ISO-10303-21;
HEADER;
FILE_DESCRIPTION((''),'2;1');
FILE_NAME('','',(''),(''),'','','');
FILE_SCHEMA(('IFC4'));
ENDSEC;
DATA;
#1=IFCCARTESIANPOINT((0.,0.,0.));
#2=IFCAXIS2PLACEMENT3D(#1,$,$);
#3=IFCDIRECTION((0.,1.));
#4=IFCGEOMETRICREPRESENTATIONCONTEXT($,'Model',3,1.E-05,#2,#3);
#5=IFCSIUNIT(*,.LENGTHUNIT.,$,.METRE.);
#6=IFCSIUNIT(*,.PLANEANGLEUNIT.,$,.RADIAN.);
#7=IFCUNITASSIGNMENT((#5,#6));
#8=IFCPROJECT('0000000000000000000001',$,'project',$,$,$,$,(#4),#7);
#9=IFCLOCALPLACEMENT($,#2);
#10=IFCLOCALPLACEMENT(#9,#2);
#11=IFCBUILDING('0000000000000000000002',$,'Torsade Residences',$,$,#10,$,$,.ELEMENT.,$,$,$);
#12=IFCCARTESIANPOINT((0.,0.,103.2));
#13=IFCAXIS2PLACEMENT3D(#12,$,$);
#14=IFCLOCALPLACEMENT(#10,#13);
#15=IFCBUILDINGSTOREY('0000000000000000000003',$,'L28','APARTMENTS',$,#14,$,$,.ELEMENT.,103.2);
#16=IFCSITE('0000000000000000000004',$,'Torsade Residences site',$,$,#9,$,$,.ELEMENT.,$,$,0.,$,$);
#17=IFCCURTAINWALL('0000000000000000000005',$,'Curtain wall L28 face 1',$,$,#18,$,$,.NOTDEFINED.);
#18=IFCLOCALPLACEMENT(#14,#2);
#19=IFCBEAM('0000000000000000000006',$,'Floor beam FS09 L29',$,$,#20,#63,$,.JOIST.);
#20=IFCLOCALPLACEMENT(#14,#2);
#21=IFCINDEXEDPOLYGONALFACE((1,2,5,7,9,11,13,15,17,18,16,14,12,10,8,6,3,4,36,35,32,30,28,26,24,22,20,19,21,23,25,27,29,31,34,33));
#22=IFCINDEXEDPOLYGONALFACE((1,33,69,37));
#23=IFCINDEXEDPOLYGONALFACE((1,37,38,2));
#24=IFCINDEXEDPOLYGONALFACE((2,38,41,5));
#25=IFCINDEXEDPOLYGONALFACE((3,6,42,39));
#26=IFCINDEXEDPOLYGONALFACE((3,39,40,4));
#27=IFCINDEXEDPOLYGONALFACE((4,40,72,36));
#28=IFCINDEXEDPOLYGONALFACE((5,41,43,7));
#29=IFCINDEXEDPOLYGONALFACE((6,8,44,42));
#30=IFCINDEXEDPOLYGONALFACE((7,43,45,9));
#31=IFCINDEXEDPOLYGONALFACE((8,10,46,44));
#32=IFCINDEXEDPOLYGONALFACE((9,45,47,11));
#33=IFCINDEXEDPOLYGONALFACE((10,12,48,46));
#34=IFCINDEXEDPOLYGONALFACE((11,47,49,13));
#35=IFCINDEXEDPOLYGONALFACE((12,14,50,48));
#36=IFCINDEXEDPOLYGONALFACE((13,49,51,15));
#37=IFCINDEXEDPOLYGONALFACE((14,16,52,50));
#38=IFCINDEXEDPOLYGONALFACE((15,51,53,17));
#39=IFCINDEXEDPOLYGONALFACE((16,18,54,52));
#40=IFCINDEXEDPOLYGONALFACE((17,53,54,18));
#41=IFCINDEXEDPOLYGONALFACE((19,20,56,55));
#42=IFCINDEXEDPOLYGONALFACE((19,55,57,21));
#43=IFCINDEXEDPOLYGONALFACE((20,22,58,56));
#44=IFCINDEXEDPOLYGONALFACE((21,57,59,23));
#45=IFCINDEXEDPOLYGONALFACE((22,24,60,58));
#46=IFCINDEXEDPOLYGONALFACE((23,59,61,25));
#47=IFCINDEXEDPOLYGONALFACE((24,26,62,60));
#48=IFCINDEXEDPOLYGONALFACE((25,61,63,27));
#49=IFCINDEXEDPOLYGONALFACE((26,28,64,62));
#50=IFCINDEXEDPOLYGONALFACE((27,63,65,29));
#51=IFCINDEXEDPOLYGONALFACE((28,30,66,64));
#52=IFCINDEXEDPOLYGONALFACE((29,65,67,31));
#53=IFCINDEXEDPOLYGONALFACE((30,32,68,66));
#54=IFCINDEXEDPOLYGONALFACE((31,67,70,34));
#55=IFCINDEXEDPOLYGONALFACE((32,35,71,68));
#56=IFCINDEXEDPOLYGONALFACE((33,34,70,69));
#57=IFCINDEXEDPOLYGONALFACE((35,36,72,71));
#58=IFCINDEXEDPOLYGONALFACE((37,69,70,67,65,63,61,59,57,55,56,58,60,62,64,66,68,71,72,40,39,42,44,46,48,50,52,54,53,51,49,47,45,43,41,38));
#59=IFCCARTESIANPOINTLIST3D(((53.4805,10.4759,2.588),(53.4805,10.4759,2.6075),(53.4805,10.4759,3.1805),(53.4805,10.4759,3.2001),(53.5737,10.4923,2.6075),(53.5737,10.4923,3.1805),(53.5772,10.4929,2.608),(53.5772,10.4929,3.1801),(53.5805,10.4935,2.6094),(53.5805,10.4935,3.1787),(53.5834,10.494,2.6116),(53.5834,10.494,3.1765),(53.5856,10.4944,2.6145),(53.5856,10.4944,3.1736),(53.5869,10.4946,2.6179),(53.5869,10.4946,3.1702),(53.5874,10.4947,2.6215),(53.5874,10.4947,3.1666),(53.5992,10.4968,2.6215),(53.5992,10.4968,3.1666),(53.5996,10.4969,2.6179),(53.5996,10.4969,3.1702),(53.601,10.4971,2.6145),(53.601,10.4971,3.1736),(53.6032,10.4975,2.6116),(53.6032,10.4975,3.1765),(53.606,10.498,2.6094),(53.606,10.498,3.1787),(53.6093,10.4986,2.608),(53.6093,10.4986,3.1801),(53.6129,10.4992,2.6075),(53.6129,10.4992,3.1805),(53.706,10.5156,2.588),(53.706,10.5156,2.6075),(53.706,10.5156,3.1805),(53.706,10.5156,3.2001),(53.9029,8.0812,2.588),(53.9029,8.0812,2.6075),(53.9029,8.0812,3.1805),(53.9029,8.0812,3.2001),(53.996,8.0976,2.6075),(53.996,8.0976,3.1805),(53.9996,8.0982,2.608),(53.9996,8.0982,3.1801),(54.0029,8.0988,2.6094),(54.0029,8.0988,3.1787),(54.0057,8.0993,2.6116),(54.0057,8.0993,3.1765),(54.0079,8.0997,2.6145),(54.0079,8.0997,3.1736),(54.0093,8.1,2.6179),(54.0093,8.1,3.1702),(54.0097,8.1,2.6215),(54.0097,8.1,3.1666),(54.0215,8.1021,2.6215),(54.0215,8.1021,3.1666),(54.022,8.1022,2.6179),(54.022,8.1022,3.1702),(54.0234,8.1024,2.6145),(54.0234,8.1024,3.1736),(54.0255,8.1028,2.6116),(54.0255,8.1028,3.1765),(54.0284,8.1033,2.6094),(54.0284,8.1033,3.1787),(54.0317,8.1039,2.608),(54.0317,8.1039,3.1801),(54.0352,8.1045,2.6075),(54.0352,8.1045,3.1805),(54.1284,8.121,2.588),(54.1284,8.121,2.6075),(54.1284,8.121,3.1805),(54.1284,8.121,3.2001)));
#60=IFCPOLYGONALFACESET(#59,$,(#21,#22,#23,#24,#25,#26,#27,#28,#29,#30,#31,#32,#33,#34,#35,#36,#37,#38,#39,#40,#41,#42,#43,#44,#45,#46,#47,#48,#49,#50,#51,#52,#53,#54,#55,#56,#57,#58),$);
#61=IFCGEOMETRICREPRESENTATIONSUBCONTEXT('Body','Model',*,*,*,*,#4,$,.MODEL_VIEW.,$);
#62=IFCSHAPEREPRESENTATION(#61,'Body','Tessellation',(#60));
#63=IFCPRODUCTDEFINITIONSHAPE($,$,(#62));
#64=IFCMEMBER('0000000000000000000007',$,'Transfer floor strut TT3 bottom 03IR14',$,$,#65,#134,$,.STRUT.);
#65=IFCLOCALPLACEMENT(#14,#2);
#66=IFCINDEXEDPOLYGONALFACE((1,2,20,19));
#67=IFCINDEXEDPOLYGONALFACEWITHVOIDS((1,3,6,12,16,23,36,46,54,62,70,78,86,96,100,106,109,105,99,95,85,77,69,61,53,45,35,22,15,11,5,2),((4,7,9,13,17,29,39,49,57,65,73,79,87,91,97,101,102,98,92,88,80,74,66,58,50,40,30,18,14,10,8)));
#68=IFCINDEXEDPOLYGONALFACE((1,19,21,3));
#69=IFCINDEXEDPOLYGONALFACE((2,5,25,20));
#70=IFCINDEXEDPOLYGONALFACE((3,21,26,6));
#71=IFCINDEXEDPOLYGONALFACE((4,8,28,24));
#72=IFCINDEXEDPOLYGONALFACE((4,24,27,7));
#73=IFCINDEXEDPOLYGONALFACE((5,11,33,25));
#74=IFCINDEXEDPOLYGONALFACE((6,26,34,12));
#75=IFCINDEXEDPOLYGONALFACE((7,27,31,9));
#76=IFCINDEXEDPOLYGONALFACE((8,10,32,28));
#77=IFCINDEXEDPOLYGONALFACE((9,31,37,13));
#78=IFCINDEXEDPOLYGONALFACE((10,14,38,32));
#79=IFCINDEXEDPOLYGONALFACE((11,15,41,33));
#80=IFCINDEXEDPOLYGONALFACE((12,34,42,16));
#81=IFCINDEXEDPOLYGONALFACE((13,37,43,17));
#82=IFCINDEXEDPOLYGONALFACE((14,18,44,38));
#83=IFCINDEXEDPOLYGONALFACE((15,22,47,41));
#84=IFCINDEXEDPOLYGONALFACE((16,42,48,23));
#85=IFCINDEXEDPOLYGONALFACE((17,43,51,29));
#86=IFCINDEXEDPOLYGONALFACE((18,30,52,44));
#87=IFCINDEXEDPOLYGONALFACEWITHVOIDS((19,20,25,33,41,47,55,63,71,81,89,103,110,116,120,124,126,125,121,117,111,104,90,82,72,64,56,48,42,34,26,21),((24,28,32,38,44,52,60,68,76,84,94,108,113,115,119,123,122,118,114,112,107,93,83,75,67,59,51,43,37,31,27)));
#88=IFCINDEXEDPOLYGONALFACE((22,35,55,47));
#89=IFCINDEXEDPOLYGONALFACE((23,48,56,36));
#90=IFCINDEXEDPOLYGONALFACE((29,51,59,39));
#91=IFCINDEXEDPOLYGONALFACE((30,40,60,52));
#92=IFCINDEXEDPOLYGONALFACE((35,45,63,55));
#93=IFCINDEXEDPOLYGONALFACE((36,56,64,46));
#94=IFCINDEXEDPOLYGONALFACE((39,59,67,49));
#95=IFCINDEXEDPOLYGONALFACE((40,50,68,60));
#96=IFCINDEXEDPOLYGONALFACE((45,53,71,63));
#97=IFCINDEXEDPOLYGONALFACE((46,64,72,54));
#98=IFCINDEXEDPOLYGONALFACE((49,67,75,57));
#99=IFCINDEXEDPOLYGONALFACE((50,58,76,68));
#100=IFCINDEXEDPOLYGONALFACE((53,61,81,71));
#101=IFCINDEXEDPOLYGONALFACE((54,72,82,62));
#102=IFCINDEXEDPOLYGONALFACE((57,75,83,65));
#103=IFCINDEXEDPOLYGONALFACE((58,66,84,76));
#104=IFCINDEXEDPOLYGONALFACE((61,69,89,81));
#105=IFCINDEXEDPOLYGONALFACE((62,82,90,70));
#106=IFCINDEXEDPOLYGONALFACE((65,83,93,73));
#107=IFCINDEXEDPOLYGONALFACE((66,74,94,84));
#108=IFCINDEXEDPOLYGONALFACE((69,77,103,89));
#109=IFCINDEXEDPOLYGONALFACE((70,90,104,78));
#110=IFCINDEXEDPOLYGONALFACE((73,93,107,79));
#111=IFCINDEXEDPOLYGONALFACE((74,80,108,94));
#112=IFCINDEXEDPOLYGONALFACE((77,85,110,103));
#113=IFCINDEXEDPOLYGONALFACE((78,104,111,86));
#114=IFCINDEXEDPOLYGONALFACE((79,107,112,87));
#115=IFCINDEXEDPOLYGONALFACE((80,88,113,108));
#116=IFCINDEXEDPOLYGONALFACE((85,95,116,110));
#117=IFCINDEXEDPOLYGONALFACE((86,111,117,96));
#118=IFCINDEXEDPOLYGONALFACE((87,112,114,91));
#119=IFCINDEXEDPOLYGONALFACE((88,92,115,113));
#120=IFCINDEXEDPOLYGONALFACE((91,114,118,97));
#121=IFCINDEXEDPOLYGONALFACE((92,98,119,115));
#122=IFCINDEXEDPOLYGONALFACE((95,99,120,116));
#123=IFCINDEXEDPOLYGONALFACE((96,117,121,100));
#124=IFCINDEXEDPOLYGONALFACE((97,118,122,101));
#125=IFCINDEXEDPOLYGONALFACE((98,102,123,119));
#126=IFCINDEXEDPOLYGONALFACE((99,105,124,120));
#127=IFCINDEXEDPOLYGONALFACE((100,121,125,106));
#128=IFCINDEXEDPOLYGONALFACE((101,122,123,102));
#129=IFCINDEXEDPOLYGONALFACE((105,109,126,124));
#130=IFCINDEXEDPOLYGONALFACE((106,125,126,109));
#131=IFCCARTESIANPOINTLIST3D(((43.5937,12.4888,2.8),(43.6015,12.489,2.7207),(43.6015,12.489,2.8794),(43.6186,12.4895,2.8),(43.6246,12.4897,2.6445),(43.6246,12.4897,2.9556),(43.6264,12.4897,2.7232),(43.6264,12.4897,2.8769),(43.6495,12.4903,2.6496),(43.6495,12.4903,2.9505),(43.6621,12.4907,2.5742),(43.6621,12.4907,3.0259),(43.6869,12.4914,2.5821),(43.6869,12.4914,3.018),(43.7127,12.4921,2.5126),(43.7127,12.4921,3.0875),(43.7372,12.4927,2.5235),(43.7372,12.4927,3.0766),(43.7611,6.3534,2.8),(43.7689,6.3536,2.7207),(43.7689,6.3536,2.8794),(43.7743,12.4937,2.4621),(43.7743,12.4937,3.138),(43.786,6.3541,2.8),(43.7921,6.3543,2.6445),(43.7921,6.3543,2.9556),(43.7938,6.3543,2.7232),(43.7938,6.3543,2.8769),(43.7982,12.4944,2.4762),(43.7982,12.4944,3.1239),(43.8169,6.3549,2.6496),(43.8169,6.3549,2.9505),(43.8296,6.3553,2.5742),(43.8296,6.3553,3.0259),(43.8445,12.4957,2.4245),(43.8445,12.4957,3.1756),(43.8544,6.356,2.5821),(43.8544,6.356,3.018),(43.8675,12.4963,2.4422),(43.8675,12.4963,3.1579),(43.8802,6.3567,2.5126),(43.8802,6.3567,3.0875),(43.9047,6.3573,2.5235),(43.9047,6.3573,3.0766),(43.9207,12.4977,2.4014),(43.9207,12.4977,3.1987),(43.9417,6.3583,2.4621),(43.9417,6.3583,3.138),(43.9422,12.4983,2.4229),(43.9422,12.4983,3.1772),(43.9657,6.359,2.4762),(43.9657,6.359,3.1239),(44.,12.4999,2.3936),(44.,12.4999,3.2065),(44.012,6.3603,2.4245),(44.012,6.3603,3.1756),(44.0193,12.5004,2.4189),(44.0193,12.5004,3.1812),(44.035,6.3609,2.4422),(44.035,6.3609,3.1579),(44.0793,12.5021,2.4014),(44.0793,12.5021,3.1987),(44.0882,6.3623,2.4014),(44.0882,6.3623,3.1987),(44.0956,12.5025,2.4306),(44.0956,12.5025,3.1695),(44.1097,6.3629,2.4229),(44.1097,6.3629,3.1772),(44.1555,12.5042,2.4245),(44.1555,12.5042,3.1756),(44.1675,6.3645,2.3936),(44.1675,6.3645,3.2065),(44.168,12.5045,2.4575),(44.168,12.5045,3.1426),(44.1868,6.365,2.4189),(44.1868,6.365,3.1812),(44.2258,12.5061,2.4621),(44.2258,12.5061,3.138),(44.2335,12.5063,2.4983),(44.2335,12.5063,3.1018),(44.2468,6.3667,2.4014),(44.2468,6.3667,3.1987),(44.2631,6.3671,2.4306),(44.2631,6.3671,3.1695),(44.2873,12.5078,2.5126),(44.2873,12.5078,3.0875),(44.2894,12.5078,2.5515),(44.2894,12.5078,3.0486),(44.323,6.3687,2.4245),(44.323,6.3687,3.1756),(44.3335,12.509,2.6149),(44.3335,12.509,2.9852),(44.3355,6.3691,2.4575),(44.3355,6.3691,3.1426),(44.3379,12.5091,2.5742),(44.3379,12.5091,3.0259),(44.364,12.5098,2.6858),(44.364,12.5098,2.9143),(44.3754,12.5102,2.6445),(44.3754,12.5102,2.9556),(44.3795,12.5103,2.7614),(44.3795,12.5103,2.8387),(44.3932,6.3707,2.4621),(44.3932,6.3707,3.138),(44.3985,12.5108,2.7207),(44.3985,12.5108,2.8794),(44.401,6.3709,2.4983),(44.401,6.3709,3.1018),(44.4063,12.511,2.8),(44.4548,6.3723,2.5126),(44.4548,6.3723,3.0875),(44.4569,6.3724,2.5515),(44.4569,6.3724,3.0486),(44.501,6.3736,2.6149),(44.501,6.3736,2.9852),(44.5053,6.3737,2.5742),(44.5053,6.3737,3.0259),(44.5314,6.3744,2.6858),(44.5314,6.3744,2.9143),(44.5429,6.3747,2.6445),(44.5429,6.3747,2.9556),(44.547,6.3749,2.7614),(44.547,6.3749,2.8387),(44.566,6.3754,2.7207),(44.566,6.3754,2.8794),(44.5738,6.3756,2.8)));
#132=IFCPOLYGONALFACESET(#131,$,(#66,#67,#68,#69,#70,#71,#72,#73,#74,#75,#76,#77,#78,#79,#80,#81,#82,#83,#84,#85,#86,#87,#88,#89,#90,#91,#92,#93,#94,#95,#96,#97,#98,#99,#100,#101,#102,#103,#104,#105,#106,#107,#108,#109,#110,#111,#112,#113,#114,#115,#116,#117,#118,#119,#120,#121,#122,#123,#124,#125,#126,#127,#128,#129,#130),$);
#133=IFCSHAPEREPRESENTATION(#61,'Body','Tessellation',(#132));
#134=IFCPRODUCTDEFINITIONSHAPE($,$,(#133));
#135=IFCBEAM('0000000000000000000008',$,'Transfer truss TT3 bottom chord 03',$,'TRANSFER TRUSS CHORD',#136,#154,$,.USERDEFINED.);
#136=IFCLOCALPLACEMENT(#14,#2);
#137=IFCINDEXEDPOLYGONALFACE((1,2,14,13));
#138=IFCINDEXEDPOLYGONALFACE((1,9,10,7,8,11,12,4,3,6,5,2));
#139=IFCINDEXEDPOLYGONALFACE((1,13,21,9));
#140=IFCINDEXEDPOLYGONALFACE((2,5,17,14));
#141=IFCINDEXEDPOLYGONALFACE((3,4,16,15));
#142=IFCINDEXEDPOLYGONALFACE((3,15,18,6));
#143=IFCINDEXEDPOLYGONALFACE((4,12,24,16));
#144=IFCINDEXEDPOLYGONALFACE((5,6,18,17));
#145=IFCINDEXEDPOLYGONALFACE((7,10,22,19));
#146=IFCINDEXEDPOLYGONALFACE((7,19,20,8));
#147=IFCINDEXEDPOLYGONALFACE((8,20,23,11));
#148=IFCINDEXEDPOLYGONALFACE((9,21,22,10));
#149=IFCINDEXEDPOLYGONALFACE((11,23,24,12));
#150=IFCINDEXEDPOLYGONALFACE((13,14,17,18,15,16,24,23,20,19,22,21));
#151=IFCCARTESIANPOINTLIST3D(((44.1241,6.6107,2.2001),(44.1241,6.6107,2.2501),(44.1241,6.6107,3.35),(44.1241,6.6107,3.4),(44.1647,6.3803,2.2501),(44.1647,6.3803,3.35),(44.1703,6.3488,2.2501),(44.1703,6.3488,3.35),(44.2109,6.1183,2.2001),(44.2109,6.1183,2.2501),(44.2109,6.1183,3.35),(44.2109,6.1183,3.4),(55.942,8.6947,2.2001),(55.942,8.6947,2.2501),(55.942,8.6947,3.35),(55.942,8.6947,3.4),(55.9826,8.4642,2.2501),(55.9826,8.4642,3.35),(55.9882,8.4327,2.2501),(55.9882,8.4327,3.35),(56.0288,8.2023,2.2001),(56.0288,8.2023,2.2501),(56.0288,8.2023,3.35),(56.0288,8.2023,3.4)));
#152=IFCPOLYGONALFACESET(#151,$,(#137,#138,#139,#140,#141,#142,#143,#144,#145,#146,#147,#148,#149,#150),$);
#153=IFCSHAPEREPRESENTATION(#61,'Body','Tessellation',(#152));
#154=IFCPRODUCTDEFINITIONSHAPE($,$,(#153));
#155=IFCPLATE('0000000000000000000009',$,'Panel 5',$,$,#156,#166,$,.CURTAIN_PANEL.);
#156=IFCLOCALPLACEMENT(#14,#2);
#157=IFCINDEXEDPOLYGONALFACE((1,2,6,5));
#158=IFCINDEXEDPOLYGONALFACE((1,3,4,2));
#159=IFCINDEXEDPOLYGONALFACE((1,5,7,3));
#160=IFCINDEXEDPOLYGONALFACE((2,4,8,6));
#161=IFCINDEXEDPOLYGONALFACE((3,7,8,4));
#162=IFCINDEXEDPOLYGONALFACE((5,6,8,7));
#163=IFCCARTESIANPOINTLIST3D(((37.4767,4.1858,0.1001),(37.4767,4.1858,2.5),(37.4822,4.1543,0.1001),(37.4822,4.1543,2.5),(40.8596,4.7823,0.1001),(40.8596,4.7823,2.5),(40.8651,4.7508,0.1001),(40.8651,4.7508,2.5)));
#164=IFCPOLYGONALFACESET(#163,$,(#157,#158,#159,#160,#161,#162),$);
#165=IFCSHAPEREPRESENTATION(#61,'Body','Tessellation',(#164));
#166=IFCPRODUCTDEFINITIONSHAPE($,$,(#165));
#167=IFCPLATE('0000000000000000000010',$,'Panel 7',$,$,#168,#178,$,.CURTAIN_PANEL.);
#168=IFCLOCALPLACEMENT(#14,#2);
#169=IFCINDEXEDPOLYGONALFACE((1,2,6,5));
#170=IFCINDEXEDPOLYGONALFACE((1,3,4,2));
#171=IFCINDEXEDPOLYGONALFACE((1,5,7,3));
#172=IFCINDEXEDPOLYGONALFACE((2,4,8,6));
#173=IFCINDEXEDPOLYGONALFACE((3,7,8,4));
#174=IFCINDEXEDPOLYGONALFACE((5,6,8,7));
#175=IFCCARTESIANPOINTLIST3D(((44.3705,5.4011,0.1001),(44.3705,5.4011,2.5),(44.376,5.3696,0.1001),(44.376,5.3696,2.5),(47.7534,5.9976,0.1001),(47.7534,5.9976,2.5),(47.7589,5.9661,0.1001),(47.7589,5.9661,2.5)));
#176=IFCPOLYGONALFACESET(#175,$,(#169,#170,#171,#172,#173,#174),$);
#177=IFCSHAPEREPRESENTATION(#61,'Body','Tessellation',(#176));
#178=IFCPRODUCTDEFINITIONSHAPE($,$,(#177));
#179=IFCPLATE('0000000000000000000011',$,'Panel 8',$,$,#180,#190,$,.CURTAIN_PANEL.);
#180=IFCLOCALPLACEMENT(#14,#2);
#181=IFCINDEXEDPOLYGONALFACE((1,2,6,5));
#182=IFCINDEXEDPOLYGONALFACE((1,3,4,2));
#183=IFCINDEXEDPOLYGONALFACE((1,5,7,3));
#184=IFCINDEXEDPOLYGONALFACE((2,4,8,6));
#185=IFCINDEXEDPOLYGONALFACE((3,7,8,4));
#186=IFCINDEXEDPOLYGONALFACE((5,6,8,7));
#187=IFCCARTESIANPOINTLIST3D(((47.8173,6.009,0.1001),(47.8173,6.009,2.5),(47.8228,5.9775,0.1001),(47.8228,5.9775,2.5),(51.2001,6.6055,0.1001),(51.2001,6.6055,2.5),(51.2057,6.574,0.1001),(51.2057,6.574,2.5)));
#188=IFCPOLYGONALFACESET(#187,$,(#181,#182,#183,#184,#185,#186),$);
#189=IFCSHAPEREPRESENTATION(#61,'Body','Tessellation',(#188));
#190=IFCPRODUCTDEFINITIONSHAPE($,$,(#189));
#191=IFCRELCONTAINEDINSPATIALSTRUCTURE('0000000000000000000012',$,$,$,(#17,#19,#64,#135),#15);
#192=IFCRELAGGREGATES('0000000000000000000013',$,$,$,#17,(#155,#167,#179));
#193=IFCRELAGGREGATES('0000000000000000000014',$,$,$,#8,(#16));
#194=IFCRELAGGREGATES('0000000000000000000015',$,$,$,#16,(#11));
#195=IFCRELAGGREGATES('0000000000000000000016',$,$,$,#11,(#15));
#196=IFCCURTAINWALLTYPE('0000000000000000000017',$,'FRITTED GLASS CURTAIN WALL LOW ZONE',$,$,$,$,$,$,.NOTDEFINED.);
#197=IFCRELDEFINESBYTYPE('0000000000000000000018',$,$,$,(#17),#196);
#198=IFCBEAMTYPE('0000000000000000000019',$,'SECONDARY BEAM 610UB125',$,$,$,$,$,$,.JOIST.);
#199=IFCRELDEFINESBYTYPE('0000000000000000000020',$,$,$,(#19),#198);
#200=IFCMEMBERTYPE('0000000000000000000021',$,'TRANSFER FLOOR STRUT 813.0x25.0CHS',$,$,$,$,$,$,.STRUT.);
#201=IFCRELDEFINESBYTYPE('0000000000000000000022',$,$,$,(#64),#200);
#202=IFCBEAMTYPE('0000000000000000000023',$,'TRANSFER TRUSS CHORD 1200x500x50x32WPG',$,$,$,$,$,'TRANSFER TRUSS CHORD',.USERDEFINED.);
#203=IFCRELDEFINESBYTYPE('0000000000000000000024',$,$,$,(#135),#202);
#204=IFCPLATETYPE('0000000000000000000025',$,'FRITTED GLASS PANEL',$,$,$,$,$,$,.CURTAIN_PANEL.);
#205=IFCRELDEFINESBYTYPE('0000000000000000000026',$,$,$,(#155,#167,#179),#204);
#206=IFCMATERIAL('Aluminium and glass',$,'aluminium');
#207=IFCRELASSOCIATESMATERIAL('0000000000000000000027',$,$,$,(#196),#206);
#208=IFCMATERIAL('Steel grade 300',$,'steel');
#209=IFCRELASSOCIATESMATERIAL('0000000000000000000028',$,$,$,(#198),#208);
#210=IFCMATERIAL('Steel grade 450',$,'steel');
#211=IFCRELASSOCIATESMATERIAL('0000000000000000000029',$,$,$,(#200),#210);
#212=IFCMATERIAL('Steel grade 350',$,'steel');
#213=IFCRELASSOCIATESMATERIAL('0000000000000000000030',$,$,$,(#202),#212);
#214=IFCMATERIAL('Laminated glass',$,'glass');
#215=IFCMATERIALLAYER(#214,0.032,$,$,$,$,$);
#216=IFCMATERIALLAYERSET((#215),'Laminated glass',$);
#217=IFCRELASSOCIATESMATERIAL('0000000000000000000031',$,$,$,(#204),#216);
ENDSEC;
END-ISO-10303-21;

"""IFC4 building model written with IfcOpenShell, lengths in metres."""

from ifc_helpers import new_model, si_unit, direction, frame, origin, origin_2d, place, context, subcontext, project, spatial, rectangle, hollow_circle, i_section, extrude, material, layer, layer_set, material_profile, profile_set, type_object, element, aggregate, save


model = new_model("IFC4")

# Units and contexts
model_context = context("Model", 3, precision=1e-05, world=origin(), true_north=direction((0.0, 1.0)))
body_context = subcontext(model_context, "Body", "Model", "MODEL_VIEW")
ifc_project = project(units=[si_unit("LENGTHUNIT", "METRE"), si_unit("PLANEANGLEUNIT", "RADIAN")], contexts=[model_context])

# Site, building, storey
site_placement = place(None, origin())
site = spatial("IfcSite", under=ifc_project, at=site_placement, Name="Torsade Residences site", CompositionType="ELEMENT", RefElevation=0.0)
building_placement = place(site_placement, origin())
building = spatial("IfcBuilding", under=site, at=building_placement, Name="Torsade Residences", CompositionType="ELEMENT")
storey_placement = place(building_placement, frame((0.0, 0.0, 103.2)))
storey = spatial("IfcBuildingStorey", under=building, at=storey_placement, Name="L28", Description="APARTMENTS", CompositionType="ELEMENT", Elevation=103.2)

# Curtain wall
ifc_material_1 = material(Name="Aluminium and glass", Category="aluminium")
curtain_wall_type = type_object("IfcCurtainWallType", Name="FRITTED GLASS CURTAIN WALL LOW ZONE", PredefinedType="NOTDEFINED", material=ifc_material_1)
curtain_wall_placement = place(storey_placement, origin())
curtain_wall = element("IfcCurtainWall", 1, at=curtain_wall_placement, inside=storey, type_object=curtain_wall_type, Name="Curtain wall L28 face 1", PredefinedType="NOTDEFINED")

# Beam
ifc_material_2 = material(Name="Steel grade 300", Category="steel")
ifc_material_profile_1 = material_profile(ifc_material_2, i_section(OverallWidth=0.229, OverallDepth=0.6121, WebThickness=0.012, FlangeThickness=0.0195, FilletRadius=0.0139, at=origin_2d()), Name="610UB125")
ifc_profile_set_1 = profile_set([ifc_material_profile_1], Name="Steel grade 300")
beam_type_1 = type_object("IfcBeamType", Name="SECONDARY BEAM 610UB125", PredefinedType="JOIST", material=ifc_profile_set_1)
beam_1_placement = place(storey_placement, frame((54.0156, 8.1011, 2.894), z_axis=(-0.173688, 0.984801, 0.0), x_axis=(-0.984801, -0.173688, 0.0)))
element("IfcBeam", 2, at=beam_1_placement, inside=storey, type_object=beam_type_1, Name="Floor beam FS09 L29", PredefinedType="JOIST", context=body_context, shape_type="SweptSolid", body=[
    extrude(i_section(OverallWidth=0.229, OverallDepth=0.6121, WebThickness=0.012, FlangeThickness=0.0195, FilletRadius=0.0139, at=origin_2d()), origin(), (0.0, 0.0, 1.0), 2.4316),
])

# Member
ifc_material_3 = material(Name="Steel grade 450", Category="steel")
ifc_material_profile_2 = material_profile(ifc_material_3, hollow_circle(Radius=0.4065, WallThickness=0.0249, at=origin_2d()), Name="813.0x25.0CHS")
ifc_profile_set_2 = profile_set([ifc_material_profile_2], Name="Steel grade 450")
member_type_1 = type_object("IfcMemberType", Name="TRANSFER FLOOR STRUT 813.0x25.0CHS", PredefinedType="STRUT", material=ifc_profile_set_2)
member_1_placement = place(storey_placement, frame((44.1675, 6.3645, 2.8), z_axis=(-0.027287, 0.999628, 0.0), x_axis=(-0.999628, -0.027287, 0.0)))
element("IfcMember", 3, at=member_1_placement, inside=storey, type_object=member_type_1, Name="Transfer floor strut TT3 bottom 03IR14", PredefinedType="STRUT", context=body_context, shape_type="SweptSolid", body=[
    extrude(hollow_circle(Radius=0.4065, WallThickness=0.0249, at=origin_2d()), origin(), (0.0, 0.0, 1.0), 6.1377),
])

# Beam
ifc_material_4 = material(Name="Steel grade 350", Category="steel")
ifc_material_profile_3 = material_profile(ifc_material_4, i_section(OverallWidth=0.5, OverallDepth=1.2, WebThickness=0.032, FlangeThickness=0.05, at=origin_2d()), Name="1200x500x50x32WPG")
ifc_profile_set_3 = profile_set([ifc_material_profile_3], Name="Steel grade 350")
beam_type_2 = type_object("IfcBeamType", Name="TRANSFER TRUSS CHORD 1200x500x50x32WPG", ElementType="TRANSFER TRUSS CHORD", PredefinedType="USERDEFINED", material=ifc_profile_set_3)
beam_2_placement = place(storey_placement, frame((44.1675, 6.3645, 2.8), z_axis=(0.984805, 0.173662, 0.0), x_axis=(-0.173662, 0.984805, 0.0)))
element("IfcBeam", 4, at=beam_2_placement, inside=storey, type_object=beam_type_2, Name="Transfer truss TT3 bottom chord 03", ObjectType="TRANSFER TRUSS CHORD", PredefinedType="USERDEFINED", context=body_context, shape_type="SweptSolid", body=[
    extrude(i_section(OverallWidth=0.5, OverallDepth=1.2, WebThickness=0.032, FlangeThickness=0.05, at=origin_2d()), origin(), (0.0, 0.0, 1.0), 12.0002),
])

# Plates
ifc_material_5 = material(Name="Laminated glass", Category="glass")
ifc_layer_1 = layer(ifc_material_5, 0.032)
ifc_layer_set_1 = layer_set([ifc_layer_1], Name="Laminated glass")
plate_type_1 = type_object("IfcPlateType", Name="FRITTED GLASS PANEL", PredefinedType="CURTAIN_PANEL", material=ifc_layer_set_1)
plate_1_placement = place(storey_placement, frame((39.1709, 4.4683, 0.1001), z_axis=(0.0, 0.0, 1.0), x_axis=(0.984808, 0.173648, 0.0)))
plate_1 = element("IfcPlate", 5, at=plate_1_placement, type_object=plate_type_1, Name="Panel 5", PredefinedType="CURTAIN_PANEL", context=body_context, shape_type="SweptSolid", body=[
    extrude(rectangle(XDim=3.4351, YDim=0.032, at=origin_2d()), origin(), (0.0, 0.0, 1.0), 2.3999),
])
plate_2_placement = place(storey_placement, frame((46.0647, 5.6836, 0.1001), z_axis=(0.0, 0.0, 1.0), x_axis=(0.984808, 0.173648, 0.0)))
plate_2 = element("IfcPlate", 6, at=plate_2_placement, type_object=plate_type_1, Name="Panel 7", PredefinedType="CURTAIN_PANEL", context=body_context, shape_type="SweptSolid", body=[
    extrude(rectangle(XDim=3.4351, YDim=0.032, at=origin_2d()), origin(), (0.0, 0.0, 1.0), 2.3999),
])
plate_3_placement = place(storey_placement, frame((49.5115, 6.2915, 0.1001), z_axis=(0.0, 0.0, 1.0), x_axis=(0.984808, 0.173648, 0.0)))
plate_3 = element("IfcPlate", 7, at=plate_3_placement, type_object=plate_type_1, Name="Panel 8", PredefinedType="CURTAIN_PANEL", context=body_context, shape_type="SweptSolid", body=[
    extrude(rectangle(XDim=3.4351, YDim=0.032, at=origin_2d()), origin(), (0.0, 0.0, 1.0), 2.3999),
])
aggregate(curtain_wall, [plate_1, plate_2, plate_3])

save(model, "model.ifc")
